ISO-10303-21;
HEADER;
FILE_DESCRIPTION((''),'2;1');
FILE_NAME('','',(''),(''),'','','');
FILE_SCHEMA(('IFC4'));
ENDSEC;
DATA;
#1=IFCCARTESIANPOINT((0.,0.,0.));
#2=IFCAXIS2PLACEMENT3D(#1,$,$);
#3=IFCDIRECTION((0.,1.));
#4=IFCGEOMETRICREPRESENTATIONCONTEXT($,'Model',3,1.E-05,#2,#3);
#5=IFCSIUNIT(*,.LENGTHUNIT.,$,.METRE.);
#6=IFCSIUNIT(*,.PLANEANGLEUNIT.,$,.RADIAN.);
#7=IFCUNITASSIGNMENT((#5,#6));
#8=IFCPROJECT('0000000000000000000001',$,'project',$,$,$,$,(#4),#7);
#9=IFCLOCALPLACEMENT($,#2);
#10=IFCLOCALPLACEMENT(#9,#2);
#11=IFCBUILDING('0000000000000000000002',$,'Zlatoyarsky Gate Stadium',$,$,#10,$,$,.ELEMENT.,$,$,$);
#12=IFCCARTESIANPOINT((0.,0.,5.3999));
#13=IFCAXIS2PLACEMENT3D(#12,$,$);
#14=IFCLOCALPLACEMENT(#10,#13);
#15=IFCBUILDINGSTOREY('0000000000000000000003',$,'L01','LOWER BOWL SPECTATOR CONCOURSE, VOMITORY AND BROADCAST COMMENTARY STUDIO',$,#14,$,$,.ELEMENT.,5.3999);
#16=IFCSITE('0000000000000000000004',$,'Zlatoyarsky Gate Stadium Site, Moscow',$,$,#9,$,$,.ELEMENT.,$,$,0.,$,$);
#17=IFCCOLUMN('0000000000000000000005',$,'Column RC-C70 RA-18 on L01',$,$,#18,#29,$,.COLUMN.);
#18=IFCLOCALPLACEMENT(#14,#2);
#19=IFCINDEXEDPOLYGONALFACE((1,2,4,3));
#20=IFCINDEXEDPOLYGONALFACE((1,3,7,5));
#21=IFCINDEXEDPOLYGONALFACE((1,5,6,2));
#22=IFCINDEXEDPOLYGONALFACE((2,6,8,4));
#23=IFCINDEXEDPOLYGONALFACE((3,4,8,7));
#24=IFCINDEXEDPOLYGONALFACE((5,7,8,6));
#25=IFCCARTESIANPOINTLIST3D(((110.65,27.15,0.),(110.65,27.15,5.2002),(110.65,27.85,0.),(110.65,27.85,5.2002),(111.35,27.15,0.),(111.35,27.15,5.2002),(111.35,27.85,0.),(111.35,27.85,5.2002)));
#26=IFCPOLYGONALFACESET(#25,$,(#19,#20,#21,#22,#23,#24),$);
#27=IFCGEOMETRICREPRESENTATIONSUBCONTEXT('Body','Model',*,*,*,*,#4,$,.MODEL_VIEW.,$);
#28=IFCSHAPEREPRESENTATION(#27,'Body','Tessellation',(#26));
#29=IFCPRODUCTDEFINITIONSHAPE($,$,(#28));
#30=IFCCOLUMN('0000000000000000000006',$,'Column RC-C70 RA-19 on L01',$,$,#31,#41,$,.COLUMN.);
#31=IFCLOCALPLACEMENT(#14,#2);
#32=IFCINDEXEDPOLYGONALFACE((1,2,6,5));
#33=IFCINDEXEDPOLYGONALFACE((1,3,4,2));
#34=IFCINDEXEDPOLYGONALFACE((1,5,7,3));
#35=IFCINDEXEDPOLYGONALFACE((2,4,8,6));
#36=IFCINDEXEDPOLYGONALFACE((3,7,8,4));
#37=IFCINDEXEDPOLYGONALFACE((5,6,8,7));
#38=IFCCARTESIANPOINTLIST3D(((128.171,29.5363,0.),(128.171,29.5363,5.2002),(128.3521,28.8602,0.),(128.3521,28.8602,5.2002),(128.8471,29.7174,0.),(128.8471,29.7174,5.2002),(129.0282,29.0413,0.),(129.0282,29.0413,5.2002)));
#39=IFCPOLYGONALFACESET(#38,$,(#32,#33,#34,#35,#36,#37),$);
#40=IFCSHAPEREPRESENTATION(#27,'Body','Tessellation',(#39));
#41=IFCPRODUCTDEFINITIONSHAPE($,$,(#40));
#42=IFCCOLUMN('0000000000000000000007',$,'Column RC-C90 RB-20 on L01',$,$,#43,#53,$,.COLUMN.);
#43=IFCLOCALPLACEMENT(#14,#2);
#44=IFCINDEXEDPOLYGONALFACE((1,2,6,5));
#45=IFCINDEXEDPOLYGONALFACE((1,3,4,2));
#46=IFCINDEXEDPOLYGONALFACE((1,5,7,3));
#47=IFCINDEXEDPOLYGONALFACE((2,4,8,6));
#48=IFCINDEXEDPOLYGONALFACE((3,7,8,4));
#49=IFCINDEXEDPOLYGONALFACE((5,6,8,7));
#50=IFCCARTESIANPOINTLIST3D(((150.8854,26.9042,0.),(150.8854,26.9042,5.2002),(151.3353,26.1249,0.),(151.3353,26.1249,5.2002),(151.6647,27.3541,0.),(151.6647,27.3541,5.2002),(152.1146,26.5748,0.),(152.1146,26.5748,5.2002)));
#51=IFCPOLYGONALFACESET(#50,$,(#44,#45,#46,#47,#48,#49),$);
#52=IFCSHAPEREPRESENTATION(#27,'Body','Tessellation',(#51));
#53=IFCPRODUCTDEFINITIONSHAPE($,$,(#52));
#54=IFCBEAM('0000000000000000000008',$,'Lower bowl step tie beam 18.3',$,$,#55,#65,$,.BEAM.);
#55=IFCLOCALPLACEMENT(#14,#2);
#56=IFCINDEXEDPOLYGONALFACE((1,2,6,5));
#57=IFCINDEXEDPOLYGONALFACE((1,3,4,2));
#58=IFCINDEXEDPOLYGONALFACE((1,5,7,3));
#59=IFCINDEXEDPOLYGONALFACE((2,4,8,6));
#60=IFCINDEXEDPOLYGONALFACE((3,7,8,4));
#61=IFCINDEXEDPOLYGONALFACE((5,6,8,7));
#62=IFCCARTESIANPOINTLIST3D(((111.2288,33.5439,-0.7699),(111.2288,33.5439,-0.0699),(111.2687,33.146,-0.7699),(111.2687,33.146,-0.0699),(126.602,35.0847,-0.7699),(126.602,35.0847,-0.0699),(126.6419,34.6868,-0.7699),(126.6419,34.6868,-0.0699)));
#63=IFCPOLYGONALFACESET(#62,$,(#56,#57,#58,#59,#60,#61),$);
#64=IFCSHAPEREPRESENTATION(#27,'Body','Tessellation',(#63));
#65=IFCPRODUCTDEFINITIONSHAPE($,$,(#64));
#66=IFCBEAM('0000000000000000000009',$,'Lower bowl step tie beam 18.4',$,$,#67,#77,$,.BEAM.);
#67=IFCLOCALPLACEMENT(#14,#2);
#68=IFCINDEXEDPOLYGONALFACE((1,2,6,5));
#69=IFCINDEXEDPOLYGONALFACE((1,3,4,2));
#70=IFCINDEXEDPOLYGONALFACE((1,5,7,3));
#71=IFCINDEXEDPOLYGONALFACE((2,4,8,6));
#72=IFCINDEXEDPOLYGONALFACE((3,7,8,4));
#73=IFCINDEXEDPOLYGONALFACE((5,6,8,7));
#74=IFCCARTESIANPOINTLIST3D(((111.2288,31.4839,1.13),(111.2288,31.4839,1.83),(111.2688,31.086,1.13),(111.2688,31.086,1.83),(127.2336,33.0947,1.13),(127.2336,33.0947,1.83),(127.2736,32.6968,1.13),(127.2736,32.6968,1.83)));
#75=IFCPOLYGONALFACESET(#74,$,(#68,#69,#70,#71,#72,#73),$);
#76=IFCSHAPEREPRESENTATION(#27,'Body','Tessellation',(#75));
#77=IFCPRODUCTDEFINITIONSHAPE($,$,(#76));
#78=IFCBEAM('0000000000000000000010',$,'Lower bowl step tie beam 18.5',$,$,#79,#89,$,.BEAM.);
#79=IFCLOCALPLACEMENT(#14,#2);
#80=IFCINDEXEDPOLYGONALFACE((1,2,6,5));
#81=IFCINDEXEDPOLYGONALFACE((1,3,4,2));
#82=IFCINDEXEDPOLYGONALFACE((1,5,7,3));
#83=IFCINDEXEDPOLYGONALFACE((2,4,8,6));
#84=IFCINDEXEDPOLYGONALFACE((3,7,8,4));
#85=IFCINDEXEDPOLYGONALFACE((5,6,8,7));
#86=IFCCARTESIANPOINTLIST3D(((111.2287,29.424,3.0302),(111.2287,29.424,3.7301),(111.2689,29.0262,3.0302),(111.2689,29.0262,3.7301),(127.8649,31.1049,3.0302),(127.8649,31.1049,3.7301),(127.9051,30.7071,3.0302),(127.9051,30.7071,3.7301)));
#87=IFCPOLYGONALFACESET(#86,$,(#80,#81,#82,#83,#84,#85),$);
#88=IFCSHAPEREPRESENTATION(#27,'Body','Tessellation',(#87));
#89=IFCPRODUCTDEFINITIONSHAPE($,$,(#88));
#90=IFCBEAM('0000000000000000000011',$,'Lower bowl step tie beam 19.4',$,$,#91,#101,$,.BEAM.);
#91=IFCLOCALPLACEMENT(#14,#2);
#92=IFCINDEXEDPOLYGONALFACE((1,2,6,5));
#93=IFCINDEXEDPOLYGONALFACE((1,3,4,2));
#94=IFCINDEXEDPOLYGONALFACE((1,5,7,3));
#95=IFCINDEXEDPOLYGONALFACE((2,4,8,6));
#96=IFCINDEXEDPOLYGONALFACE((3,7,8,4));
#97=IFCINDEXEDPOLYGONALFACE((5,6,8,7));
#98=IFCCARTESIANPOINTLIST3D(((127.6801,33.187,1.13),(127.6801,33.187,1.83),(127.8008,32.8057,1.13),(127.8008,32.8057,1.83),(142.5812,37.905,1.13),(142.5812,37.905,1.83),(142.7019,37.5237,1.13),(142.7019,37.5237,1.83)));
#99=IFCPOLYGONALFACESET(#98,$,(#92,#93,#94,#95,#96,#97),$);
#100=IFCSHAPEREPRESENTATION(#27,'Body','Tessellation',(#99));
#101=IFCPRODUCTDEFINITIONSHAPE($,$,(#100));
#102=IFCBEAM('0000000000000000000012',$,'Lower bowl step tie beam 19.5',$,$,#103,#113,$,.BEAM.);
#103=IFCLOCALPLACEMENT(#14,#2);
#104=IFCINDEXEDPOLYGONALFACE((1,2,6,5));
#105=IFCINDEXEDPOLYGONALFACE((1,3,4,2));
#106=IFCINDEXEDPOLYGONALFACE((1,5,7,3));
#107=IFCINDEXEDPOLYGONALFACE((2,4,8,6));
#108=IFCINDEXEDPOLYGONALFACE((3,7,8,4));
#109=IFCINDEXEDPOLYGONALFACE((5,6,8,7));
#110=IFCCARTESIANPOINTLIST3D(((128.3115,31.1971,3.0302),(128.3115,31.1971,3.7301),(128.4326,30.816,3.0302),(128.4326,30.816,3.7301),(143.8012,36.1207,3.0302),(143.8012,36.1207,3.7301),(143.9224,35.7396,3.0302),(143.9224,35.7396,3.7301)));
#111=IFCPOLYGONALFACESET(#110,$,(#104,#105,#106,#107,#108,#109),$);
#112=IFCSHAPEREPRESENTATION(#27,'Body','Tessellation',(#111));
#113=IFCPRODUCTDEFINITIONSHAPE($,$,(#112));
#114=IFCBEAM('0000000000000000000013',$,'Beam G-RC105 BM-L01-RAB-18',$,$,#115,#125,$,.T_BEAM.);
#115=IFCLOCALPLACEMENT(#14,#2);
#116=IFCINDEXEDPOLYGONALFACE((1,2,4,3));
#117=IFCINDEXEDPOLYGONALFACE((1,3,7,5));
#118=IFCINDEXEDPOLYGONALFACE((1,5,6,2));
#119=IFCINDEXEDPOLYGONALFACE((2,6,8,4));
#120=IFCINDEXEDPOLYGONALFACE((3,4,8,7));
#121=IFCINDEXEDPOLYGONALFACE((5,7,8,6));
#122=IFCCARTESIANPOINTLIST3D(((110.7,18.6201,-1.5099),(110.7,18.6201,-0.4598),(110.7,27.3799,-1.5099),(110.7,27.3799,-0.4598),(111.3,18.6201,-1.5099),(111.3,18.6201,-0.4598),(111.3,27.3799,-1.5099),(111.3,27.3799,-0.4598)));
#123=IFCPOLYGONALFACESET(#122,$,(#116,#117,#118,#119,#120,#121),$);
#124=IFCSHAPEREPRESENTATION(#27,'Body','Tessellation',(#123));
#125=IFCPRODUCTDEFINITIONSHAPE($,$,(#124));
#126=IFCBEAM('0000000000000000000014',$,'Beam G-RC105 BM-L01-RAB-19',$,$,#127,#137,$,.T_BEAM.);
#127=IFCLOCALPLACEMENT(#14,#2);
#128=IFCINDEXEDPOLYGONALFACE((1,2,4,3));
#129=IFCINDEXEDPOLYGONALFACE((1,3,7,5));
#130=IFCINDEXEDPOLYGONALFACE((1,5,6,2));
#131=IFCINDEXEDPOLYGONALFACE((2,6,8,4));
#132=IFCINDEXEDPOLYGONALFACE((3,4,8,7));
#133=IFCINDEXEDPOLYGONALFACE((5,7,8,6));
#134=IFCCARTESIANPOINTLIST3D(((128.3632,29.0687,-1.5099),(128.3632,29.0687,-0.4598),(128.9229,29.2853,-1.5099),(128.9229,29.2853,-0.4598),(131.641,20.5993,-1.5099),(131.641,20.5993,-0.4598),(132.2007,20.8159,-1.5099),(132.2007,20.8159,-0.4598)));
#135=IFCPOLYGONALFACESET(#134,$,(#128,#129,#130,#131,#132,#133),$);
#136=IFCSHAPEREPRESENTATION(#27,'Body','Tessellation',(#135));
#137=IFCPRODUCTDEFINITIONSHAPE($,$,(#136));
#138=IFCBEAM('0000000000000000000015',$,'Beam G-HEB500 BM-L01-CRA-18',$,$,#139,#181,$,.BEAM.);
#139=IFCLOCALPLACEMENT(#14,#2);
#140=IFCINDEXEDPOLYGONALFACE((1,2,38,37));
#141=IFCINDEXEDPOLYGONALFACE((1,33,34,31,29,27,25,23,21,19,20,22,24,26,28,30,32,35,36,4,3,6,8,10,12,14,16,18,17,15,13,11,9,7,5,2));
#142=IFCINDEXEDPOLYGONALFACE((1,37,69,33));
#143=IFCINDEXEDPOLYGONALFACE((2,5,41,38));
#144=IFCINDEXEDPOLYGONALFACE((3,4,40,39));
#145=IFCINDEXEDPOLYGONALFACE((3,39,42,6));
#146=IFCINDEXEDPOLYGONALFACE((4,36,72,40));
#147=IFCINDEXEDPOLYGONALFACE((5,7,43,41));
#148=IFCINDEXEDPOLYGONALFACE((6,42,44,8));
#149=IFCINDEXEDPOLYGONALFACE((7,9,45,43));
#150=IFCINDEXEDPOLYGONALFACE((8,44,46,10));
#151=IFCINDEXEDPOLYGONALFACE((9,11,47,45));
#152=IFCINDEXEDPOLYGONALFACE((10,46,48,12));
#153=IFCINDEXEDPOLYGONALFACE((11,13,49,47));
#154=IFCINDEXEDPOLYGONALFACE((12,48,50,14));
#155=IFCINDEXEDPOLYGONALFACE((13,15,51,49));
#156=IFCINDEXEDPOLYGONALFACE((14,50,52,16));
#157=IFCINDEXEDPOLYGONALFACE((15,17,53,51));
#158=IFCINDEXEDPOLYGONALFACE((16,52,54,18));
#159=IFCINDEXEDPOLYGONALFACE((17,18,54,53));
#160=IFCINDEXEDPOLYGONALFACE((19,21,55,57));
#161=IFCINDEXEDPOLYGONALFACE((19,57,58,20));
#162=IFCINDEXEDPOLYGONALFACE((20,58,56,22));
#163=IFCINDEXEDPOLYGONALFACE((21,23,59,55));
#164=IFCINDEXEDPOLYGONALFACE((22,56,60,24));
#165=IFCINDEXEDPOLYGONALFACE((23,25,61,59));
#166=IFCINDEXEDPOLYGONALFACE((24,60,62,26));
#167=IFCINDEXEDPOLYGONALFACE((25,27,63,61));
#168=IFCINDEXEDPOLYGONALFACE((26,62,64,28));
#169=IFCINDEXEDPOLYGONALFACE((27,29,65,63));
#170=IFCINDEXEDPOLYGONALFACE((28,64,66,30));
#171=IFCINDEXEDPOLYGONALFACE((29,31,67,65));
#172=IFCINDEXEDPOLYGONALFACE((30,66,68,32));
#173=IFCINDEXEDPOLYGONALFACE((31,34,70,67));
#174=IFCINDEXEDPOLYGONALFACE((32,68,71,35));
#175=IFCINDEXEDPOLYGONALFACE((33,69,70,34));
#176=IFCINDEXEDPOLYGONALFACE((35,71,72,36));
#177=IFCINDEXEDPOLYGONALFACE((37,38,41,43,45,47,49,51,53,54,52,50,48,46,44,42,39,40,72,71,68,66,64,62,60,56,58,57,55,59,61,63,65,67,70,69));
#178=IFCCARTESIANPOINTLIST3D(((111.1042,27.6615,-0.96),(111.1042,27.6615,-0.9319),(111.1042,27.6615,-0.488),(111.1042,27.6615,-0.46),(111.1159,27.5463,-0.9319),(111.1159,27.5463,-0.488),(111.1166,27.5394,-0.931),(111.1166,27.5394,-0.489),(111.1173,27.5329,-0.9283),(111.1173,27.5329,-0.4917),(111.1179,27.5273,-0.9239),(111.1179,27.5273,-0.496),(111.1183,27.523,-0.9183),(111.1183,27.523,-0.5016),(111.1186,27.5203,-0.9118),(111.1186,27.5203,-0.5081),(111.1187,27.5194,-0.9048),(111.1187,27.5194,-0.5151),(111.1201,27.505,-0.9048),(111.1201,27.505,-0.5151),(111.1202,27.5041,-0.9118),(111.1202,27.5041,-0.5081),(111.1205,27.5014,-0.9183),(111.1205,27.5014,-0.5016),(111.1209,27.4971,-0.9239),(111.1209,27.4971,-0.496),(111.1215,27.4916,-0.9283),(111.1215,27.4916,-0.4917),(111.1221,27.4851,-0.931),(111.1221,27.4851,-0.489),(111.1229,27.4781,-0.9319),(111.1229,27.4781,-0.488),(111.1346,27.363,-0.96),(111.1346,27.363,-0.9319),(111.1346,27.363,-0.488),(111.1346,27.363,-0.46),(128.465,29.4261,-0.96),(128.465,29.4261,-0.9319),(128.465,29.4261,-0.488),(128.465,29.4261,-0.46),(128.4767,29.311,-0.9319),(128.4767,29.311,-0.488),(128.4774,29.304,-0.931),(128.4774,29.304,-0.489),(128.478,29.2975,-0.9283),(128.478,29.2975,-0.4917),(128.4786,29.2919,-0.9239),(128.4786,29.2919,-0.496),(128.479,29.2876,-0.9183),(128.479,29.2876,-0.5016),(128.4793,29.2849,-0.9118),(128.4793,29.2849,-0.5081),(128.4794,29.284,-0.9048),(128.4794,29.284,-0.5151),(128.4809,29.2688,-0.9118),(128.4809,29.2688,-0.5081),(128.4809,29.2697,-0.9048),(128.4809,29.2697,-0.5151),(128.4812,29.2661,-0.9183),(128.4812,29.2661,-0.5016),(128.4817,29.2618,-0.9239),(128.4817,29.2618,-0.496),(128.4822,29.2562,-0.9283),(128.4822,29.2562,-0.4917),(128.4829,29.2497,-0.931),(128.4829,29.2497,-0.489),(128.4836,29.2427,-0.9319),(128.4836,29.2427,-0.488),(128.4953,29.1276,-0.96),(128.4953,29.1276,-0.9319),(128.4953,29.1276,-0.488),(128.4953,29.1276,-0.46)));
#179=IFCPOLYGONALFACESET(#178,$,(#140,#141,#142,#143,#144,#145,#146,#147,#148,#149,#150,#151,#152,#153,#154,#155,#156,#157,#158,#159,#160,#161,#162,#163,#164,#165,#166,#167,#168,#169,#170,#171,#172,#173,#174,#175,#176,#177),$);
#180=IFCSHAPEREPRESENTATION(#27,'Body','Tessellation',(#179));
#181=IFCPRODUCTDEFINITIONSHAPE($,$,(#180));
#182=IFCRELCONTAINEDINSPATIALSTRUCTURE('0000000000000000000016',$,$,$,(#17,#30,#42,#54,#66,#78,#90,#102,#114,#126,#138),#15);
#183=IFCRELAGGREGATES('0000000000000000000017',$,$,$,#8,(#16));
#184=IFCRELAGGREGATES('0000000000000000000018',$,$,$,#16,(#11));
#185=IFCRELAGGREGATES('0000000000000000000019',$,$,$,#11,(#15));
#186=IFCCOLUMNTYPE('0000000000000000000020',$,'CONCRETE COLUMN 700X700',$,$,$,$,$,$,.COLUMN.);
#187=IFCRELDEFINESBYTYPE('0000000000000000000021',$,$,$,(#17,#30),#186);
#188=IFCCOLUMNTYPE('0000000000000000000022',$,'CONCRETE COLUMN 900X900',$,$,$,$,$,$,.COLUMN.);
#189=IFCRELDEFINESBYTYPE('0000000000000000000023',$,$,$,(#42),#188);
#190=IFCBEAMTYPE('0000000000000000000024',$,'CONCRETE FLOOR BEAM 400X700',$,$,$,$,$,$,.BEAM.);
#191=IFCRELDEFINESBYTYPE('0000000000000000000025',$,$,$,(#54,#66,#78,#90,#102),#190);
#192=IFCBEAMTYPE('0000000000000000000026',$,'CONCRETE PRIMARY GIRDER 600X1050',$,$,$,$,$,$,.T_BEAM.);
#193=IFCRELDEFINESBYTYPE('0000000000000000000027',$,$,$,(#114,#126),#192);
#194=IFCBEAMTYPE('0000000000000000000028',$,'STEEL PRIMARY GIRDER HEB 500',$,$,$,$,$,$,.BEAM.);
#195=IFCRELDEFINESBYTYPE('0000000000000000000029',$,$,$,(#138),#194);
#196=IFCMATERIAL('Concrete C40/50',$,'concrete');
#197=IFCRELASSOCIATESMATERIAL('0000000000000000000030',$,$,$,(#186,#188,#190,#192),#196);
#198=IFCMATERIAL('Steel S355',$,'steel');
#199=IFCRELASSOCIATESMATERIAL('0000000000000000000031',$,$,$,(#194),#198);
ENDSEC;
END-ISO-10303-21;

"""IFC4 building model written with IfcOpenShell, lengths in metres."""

from ifc_helpers import new_model, si_unit, direction, frame, origin, origin_2d, place, context, subcontext, project, spatial, rectangle, i_section, extrude, material, material_profile, profile_set, type_object, element, save


model = new_model("IFC4")

# Units and contexts
model_context = context("Model", 3, precision=1e-05, world=origin(), true_north=direction((0.0, 1.0)))
body_context = subcontext(model_context, "Body", "Model", "MODEL_VIEW")
ifc_project = project(units=[si_unit("LENGTHUNIT", "METRE"), si_unit("PLANEANGLEUNIT", "RADIAN")], contexts=[model_context])

# Site, building, storey
site_placement = place(None, origin())
site = spatial("IfcSite", under=ifc_project, at=site_placement, Name="Zlatoyarsky Gate Stadium Site, Moscow", CompositionType="ELEMENT", RefElevation=0.0)
building_placement = place(site_placement, origin())
building = spatial("IfcBuilding", under=site, at=building_placement, Name="Zlatoyarsky Gate Stadium", CompositionType="ELEMENT")
storey_placement = place(building_placement, frame((0.0, 0.0, 5.3999)))
storey = spatial("IfcBuildingStorey", under=building, at=storey_placement, Name="L01", Description="LOWER BOWL SPECTATOR CONCOURSE, VOMITORY AND BROADCAST COMMENTARY STUDIO", CompositionType="ELEMENT", Elevation=5.3999)

# Columns
ifc_material_1 = material(Name="Concrete C40/50", Category="concrete")
ifc_material_profile_1 = material_profile(ifc_material_1, rectangle(XDim=0.7, YDim=0.7, at=origin_2d()), Name="RC COL 700X700")
ifc_profile_set_1 = profile_set([ifc_material_profile_1], Name="Concrete C40/50")
column_type_1 = type_object("IfcColumnType", Name="CONCRETE COLUMN 700X700", PredefinedType="COLUMN", material=ifc_profile_set_1)
for number, where, z_axis, x_axis, name in (
    (1, (111.0, 27.5, 0.0), (0.0, 0.0, 1.0), (0.0, -1.0, 0.0), "Column RC-C70 RA-18 on L01"),
    (2, (128.5996, 29.2888, 0.0), (0.0, 0.0, 1.0), (0.258819, -0.965926, 0.0), "Column RC-C70 RA-19 on L01"),
):
    element("IfcColumn", number, at=place(storey_placement, frame(where, z_axis=z_axis, x_axis=x_axis)), inside=storey, type_object=column_type_1, Name=name, PredefinedType="COLUMN", context=body_context, shape_type="SweptSolid", body=[
        extrude(rectangle(XDim=0.7, YDim=0.7, at=origin_2d()), origin(), (0.0, 0.0, 1.0), 5.2002),
    ])
ifc_material_profile_2 = material_profile(ifc_material_1, rectangle(XDim=0.8999, YDim=0.8999, at=origin_2d()), Name="RC COL 900X900")
ifc_profile_set_2 = profile_set([ifc_material_profile_2], Name="Concrete C40/50")
column_type_2 = type_object("IfcColumnType", Name="CONCRETE COLUMN 900X900", PredefinedType="COLUMN", material=ifc_profile_set_2)
column_placement = place(storey_placement, frame((151.5, 26.7395, 0.0), z_axis=(0.0, 0.0, 1.0), x_axis=(0.5, -0.866025, 0.0)))
element("IfcColumn", 3, at=column_placement, inside=storey, type_object=column_type_2, Name="Column RC-C90 RB-20 on L01", PredefinedType="COLUMN", context=body_context, shape_type="SweptSolid", body=[
    extrude(rectangle(XDim=0.8999, YDim=0.8999, at=origin_2d()), origin(), (0.0, 0.0, 1.0), 5.2002),
])

# Beams
ifc_material_profile_3 = material_profile(ifc_material_1, rectangle(XDim=0.3999, YDim=0.7, at=origin_2d()), Name="RC BEAM 400X700")
ifc_profile_set_3 = profile_set([ifc_material_profile_3], Name="Concrete C40/50")
beam_type_1 = type_object("IfcBeamType", Name="CONCRETE FLOOR BEAM 400X700", PredefinedType="BEAM", material=ifc_profile_set_3)
beam_1_placement = place(storey_placement, frame((111.2488, 33.345, -0.4199), z_axis=(0.995015, 0.099724, 0.0), x_axis=(-0.099724, 0.995015, 0.0)))
element("IfcBeam", 4, at=beam_1_placement, inside=storey, type_object=beam_type_1, Name="Lower bowl step tie beam 18.3", PredefinedType="BEAM", context=body_context, shape_type="SweptSolid", body=[
    extrude(rectangle(XDim=0.3999, YDim=0.7, at=origin_2d()), origin(), (0.0, 0.0, 1.0), 15.4502),
])
beam_2_placement = place(storey_placement, frame((111.2488, 31.2849, 1.48), z_axis=(0.994973, 0.100141, 0.0), x_axis=(-0.100141, 0.994973, 0.0)))
element("IfcBeam", 5, at=beam_2_placement, inside=storey, type_object=beam_type_1, Name="Lower bowl step tie beam 18.4", PredefinedType="BEAM", context=body_context, shape_type="SweptSolid", body=[
    extrude(rectangle(XDim=0.3999, YDim=0.7, at=origin_2d()), origin(), (0.0, 0.0, 1.0), 16.0857),
])
beam_3_placement = place(storey_placement, frame((111.2488, 29.2251, 3.3801), z_axis=(0.994934, 0.100527, 0.0), x_axis=(-0.100527, 0.994934, 0.0)))
element("IfcBeam", 6, at=beam_3_placement, inside=storey, type_object=beam_type_1, Name="Lower bowl step tie beam 18.5", PredefinedType="BEAM", context=body_context, shape_type="SweptSolid", body=[
    extrude(rectangle(XDim=0.3999, YDim=0.7, at=origin_2d()), origin(), (0.0, 0.0, 1.0), 16.7209),
])
beam_4_placement = place(storey_placement, frame((127.7405, 32.9963, 1.48), z_axis=(0.953355, 0.301853, 0.0), x_axis=(-0.301853, 0.953355, 0.0)))
element("IfcBeam", 7, at=beam_4_placement, inside=storey, type_object=beam_type_1, Name="Lower bowl step tie beam 19.4", PredefinedType="BEAM", context=body_context, shape_type="SweptSolid", body=[
    extrude(rectangle(XDim=0.3999, YDim=0.7, at=origin_2d()), origin(), (0.0, 0.0, 1.0), 15.6301),
])
beam_5_placement = place(storey_placement, frame((128.3721, 31.0066, 3.3801), z_axis=(0.953014, 0.302926, 0.0), x_axis=(-0.302926, 0.953014, 0.0)))
element("IfcBeam", 8, at=beam_5_placement, inside=storey, type_object=beam_type_1, Name="Lower bowl step tie beam 19.5", PredefinedType="BEAM", context=body_context, shape_type="SweptSolid", body=[
    extrude(rectangle(XDim=0.3999, YDim=0.7, at=origin_2d()), origin(), (0.0, 0.0, 1.0), 16.2534),
])
ifc_material_profile_4 = material_profile(ifc_material_1, rectangle(XDim=0.6001, YDim=1.05, at=origin_2d()), Name="RC GIRDER 600X1050")
ifc_profile_set_4 = profile_set([ifc_material_profile_4], Name="Concrete C40/50")
beam_type_2 = type_object("IfcBeamType", Name="CONCRETE PRIMARY GIRDER 600X1050", PredefinedType="T_BEAM", material=ifc_profile_set_4)
beam_6_placement = place(storey_placement, frame((111.0, 27.3799, -0.9849), z_axis=(0.0, -1.0, 0.0), x_axis=(1.0, 0.0, 0.0)))
element("IfcBeam", 9, at=beam_6_placement, inside=storey, type_object=beam_type_2, Name="Beam G-RC105 BM-L01-RAB-18", PredefinedType="T_BEAM", context=body_context, shape_type="SweptSolid", body=[
    extrude(rectangle(XDim=0.6001, YDim=1.05, at=origin_2d()), origin(), (0.0, 0.0, 1.0), 8.7598),
])
beam_7_placement = place(storey_placement, frame((128.6431, 29.177, -0.9849), z_axis=(0.360929, -0.932593, 0.0), x_axis=(0.932593, 0.360929, 0.0)))
element("IfcBeam", 10, at=beam_7_placement, inside=storey, type_object=beam_type_2, Name="Beam G-RC105 BM-L01-RAB-19", PredefinedType="T_BEAM", context=body_context, shape_type="SweptSolid", body=[
    extrude(rectangle(XDim=0.6001, YDim=1.05, at=origin_2d()), origin(), (0.0, 0.0, 1.0), 9.0815),
])
ifc_material_2 = material(Name="Steel S355", Category="steel")
ifc_material_profile_5 = material_profile(ifc_material_2, i_section(OverallWidth=0.3, OverallDepth=0.5, WebThickness=0.0144, FlangeThickness=0.0281, FilletRadius=0.0271, at=origin_2d()), Name="HEB 500")
ifc_profile_set_5 = profile_set([ifc_material_profile_5], Name="Steel S355")
beam_type_3 = type_object("IfcBeamType", Name="STEEL PRIMARY GIRDER HEB 500", PredefinedType="BEAM", material=ifc_profile_set_5)
beam_8_placement = place(storey_placement, frame((111.1194, 27.5122, -0.71), z_axis=(0.994874, 0.101124, 0.0), x_axis=(-0.101124, 0.994874, 0.0)))
element("IfcBeam", 11, at=beam_8_placement, inside=storey, type_object=beam_type_3, Name="Beam G-HEB500 BM-L01-CRA-18", PredefinedType="BEAM", context=body_context, shape_type="SweptSolid", body=[
    extrude(i_section(OverallWidth=0.3, OverallDepth=0.5, WebThickness=0.0144, FlangeThickness=0.0281, FilletRadius=0.0271, at=origin_2d()), origin(), (0.0, 0.0, 1.0), 17.4502),
])

save(model, "model.ifc")
